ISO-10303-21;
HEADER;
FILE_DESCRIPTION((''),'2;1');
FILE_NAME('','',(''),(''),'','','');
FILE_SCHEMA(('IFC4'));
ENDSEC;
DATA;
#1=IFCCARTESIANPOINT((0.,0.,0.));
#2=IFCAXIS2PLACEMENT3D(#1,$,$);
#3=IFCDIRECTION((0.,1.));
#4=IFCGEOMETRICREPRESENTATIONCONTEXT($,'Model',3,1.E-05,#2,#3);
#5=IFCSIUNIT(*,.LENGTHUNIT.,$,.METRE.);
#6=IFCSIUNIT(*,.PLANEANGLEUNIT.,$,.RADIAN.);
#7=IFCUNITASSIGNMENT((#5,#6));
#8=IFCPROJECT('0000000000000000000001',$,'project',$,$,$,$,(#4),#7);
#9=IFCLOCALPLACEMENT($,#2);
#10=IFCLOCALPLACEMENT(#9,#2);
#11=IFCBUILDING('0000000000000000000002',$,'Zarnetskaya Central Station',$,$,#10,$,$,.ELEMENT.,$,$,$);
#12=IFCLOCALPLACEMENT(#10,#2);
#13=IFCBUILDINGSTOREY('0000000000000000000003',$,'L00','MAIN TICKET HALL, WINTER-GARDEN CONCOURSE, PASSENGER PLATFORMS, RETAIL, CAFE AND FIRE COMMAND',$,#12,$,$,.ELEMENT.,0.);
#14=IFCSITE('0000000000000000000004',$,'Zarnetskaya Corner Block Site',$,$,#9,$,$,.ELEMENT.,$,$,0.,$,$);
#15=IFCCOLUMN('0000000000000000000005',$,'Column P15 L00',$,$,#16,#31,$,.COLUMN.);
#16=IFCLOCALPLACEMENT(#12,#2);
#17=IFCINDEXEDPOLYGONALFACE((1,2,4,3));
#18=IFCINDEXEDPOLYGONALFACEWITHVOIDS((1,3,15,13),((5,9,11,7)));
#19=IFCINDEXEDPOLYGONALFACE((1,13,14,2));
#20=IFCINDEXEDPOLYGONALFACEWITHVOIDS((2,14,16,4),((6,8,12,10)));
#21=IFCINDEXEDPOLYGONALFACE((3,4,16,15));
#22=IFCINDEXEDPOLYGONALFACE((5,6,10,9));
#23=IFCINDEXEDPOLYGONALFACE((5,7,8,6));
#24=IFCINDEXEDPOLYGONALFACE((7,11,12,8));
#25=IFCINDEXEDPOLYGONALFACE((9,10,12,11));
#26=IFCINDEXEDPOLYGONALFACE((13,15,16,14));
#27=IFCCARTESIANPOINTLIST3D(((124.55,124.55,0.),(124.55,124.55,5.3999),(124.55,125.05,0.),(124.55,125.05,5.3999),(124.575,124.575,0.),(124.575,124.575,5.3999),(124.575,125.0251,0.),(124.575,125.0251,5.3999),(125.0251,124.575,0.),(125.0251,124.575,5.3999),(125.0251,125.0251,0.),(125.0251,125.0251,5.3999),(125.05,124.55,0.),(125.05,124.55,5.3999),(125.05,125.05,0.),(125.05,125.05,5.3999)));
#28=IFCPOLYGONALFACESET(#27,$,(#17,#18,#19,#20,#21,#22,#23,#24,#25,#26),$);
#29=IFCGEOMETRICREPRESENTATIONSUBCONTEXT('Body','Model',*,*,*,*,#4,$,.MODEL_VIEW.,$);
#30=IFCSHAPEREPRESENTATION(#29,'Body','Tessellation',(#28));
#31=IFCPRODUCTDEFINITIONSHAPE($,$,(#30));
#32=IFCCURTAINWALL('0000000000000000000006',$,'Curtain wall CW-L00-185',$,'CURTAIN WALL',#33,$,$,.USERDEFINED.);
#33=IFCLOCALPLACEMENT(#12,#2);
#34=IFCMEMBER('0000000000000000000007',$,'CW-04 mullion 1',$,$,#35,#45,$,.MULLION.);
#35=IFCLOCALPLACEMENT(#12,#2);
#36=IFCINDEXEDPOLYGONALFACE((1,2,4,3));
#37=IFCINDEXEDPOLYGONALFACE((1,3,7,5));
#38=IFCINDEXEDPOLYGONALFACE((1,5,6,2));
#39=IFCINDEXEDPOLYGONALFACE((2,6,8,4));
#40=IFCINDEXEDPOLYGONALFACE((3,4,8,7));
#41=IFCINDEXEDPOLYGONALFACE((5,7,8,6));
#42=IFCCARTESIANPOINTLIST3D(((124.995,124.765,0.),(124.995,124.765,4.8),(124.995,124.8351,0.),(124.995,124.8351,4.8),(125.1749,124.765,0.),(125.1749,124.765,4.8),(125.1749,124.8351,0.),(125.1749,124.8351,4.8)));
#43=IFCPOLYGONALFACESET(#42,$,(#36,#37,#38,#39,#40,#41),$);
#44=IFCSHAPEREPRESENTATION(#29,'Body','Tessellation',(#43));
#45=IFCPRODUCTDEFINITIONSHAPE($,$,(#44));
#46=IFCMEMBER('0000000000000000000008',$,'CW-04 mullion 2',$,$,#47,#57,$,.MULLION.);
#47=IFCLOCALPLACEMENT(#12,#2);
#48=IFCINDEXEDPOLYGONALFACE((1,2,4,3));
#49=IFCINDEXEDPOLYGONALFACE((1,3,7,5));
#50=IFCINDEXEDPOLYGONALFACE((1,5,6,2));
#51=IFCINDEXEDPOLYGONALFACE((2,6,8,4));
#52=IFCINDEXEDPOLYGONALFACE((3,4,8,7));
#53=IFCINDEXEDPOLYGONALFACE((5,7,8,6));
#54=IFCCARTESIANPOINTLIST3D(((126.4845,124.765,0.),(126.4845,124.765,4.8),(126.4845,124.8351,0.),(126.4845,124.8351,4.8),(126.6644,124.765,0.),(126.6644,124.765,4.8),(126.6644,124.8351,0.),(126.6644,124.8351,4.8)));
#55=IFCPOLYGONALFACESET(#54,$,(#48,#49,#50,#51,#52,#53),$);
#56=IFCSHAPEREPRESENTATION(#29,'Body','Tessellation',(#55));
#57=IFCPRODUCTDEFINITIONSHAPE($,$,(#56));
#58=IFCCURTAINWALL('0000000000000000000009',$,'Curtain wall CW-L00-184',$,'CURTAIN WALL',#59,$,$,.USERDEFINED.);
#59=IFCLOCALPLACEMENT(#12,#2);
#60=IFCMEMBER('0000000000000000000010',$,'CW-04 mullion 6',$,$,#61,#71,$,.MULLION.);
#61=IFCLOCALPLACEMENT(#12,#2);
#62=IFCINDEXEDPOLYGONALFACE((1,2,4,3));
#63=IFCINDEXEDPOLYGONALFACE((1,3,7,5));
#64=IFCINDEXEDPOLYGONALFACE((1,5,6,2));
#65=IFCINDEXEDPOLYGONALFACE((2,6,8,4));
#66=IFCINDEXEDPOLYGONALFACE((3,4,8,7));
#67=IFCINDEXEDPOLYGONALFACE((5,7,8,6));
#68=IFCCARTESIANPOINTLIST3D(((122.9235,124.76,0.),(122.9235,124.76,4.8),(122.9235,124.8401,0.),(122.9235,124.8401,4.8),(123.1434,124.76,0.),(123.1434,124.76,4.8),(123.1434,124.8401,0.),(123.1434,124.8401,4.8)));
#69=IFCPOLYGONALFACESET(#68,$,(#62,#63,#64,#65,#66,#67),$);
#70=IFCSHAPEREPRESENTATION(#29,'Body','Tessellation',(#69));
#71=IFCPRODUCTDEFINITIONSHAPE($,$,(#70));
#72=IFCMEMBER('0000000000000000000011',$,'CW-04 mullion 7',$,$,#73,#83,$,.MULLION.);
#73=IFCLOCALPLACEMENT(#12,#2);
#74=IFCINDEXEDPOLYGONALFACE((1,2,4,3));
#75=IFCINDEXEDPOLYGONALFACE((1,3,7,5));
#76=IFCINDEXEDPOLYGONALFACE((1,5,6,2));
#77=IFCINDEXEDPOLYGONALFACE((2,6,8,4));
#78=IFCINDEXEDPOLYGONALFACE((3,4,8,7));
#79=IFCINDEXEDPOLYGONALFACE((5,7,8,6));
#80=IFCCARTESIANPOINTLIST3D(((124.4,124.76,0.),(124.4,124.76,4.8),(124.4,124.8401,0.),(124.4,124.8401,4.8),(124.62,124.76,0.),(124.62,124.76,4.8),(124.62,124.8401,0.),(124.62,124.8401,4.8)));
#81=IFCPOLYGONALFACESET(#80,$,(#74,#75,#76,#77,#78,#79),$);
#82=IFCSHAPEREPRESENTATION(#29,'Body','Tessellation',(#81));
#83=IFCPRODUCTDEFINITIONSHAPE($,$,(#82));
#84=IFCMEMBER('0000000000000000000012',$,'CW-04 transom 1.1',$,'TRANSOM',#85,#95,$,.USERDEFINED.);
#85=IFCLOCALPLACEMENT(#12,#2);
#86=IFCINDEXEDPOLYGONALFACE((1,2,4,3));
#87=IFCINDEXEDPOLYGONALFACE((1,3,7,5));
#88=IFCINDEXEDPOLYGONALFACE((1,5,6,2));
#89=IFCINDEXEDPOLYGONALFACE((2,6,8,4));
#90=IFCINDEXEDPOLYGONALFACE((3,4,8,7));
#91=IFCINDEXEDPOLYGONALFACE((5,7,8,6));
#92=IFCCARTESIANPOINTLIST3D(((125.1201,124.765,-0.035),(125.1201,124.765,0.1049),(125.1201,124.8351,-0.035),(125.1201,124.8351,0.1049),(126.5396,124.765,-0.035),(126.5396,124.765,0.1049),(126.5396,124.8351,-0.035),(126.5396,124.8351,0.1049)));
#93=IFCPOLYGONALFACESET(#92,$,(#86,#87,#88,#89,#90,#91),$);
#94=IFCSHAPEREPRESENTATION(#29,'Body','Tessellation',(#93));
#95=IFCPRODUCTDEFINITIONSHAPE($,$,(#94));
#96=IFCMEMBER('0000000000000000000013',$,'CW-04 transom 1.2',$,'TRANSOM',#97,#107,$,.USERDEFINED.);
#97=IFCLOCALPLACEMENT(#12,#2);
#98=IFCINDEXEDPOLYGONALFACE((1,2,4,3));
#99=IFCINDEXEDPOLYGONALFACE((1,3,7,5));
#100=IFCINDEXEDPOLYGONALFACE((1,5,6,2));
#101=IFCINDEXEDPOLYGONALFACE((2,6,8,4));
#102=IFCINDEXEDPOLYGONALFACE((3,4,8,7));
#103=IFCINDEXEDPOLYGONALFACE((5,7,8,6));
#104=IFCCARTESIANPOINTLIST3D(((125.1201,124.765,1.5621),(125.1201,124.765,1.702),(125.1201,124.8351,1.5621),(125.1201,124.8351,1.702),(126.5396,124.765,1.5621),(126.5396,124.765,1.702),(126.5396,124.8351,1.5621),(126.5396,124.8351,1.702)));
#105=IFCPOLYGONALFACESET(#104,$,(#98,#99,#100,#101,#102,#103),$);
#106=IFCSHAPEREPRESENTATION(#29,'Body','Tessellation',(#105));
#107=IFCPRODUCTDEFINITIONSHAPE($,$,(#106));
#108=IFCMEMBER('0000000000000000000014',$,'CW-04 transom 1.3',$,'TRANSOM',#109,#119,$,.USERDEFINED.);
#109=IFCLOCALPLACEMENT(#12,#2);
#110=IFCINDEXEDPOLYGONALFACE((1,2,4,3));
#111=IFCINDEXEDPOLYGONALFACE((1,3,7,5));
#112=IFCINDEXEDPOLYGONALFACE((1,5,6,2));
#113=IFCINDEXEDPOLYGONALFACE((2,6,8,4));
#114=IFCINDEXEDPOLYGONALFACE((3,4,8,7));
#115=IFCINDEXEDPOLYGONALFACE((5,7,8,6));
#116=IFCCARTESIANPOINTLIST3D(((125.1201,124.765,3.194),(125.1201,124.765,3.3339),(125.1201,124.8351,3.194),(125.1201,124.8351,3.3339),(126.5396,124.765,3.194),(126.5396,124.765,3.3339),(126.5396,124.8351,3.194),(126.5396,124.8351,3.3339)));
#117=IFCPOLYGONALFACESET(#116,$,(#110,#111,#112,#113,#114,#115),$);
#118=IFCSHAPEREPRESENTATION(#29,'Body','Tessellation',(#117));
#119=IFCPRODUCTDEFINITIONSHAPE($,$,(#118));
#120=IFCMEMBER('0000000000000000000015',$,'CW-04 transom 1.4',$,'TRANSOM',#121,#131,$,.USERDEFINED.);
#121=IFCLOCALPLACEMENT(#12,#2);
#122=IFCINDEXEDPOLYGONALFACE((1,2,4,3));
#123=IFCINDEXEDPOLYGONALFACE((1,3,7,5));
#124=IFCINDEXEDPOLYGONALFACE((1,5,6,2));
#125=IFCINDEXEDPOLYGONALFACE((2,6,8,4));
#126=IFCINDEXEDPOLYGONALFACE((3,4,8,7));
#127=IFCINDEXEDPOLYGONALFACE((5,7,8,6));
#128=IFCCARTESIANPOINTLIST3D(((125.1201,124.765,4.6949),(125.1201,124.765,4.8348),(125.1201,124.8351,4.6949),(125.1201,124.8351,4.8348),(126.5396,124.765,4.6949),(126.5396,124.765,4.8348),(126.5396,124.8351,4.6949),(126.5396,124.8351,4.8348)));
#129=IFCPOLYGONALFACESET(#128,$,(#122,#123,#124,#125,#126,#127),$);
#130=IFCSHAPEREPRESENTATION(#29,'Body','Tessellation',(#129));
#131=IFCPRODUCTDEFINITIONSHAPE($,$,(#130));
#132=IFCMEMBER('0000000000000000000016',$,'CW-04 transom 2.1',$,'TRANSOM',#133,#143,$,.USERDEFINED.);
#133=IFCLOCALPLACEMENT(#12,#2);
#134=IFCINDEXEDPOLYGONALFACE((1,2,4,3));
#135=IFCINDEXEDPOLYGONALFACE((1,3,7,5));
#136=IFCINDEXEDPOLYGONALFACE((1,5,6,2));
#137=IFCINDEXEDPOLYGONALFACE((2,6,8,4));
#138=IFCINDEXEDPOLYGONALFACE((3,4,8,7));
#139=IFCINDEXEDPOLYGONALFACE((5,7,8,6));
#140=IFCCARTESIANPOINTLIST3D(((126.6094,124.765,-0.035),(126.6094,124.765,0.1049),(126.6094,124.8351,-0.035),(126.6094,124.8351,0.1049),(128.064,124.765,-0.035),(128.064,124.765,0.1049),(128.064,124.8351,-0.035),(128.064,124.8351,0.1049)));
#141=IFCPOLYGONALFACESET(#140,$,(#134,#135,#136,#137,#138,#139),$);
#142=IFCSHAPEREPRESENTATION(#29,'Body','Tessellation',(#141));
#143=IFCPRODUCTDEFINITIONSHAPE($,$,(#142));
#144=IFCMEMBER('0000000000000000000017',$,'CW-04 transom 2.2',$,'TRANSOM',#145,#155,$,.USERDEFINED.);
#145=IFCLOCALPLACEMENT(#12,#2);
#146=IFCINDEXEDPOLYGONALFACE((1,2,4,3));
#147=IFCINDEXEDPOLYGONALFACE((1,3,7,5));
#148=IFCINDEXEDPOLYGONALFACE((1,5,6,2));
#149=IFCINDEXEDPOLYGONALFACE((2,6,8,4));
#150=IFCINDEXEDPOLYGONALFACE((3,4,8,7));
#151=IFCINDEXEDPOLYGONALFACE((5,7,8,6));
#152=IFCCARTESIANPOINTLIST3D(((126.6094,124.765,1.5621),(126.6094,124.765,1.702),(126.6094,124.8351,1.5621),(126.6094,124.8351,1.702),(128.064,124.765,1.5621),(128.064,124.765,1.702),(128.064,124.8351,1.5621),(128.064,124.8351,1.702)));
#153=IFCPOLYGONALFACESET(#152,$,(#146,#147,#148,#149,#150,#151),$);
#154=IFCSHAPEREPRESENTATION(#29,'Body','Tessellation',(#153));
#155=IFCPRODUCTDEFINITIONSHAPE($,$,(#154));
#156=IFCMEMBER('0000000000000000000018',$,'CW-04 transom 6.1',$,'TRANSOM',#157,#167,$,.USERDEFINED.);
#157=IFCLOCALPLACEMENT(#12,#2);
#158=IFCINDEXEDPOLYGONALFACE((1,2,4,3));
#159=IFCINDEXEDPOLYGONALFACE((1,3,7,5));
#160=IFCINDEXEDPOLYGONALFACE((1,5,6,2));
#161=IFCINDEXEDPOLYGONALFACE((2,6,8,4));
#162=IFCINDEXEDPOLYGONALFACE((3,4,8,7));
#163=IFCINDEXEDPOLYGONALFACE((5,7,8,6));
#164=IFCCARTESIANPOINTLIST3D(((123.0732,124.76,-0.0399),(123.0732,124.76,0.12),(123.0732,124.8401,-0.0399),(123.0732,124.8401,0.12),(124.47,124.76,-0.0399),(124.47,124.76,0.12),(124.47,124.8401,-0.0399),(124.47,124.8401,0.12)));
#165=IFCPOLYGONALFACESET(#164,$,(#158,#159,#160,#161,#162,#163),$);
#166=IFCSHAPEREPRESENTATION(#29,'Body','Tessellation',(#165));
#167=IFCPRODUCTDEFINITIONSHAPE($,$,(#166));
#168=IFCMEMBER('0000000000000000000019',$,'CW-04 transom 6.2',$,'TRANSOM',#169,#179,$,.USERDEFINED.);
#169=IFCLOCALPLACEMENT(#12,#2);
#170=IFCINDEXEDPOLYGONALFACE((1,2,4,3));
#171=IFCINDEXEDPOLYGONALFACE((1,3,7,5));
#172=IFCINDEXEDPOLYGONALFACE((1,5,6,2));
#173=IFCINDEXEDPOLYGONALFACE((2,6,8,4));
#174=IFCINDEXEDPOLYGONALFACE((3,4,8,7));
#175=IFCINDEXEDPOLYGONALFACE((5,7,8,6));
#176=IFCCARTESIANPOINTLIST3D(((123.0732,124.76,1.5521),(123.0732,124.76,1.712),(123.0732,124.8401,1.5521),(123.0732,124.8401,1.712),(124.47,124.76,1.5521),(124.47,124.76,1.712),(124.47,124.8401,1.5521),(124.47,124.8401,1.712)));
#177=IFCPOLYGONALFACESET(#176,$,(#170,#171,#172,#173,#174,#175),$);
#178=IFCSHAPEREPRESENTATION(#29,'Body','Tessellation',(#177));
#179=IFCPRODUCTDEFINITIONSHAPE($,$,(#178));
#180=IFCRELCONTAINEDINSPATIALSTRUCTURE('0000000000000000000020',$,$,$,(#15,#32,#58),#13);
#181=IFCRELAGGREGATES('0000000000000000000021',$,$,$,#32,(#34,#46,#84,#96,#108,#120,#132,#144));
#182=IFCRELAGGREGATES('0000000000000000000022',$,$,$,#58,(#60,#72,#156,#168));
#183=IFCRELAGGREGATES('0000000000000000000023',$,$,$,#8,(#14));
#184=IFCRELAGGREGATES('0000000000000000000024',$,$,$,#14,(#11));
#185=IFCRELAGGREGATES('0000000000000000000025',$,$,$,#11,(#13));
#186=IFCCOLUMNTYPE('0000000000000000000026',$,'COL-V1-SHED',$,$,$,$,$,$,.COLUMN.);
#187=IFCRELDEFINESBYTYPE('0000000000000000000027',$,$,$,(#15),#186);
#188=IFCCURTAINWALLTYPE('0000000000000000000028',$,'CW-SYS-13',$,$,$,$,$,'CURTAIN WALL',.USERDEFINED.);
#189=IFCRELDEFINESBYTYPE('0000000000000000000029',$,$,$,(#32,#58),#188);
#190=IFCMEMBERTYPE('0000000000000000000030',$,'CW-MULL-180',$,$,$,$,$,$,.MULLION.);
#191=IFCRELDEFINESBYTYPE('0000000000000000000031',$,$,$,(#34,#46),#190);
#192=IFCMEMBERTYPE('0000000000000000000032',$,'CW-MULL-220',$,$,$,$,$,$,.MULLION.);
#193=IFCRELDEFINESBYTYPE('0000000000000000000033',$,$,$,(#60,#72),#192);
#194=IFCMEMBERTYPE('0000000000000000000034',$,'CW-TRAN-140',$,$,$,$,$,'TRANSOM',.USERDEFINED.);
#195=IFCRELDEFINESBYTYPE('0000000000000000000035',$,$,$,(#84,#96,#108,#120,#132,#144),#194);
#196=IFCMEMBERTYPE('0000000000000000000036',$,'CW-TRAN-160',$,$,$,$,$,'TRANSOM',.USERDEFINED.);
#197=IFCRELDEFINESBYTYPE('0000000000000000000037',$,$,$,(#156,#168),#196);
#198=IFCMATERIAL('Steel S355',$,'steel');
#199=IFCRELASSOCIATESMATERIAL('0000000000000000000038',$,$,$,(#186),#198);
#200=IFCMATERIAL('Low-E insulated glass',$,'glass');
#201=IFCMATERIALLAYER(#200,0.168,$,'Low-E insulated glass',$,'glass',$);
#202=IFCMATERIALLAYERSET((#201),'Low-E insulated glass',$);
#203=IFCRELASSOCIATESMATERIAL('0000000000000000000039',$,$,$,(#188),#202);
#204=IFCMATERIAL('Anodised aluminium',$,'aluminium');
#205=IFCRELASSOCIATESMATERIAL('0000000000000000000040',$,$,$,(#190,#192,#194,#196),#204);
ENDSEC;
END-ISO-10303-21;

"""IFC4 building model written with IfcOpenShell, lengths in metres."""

from ifc_helpers import new_model, si_unit, direction, frame, origin, origin_2d, place, context, subcontext, project, spatial, rectangle, hollow_rectangle, extrude, material, layer, layer_set, material_profile, profile_set, type_object, element, aggregate, save


model = new_model("IFC4")

# Units and contexts
model_context = context("Model", 3, precision=1e-05, world=origin(), true_north=direction((0.0, 1.0)))
body_context = subcontext(model_context, "Body", "Model", "MODEL_VIEW")
ifc_project = project(units=[si_unit("LENGTHUNIT", "METRE"), si_unit("PLANEANGLEUNIT", "RADIAN")], contexts=[model_context])

# Site, building, storey
site_placement = place(None, origin())
site = spatial("IfcSite", under=ifc_project, at=site_placement, Name="Zarnetskaya Corner Block Site", CompositionType="ELEMENT", RefElevation=0.0)
building_placement = place(site_placement, origin())
building = spatial("IfcBuilding", under=site, at=building_placement, Name="Zarnetskaya Central Station", CompositionType="ELEMENT")
storey_placement = place(building_placement, origin())
storey = spatial("IfcBuildingStorey", under=building, at=storey_placement, Name="L00", Description="MAIN TICKET HALL, WINTER-GARDEN CONCOURSE, PASSENGER PLATFORMS, RETAIL, CAFE AND FIRE COMMAND", CompositionType="ELEMENT", Elevation=0.0)

# Column
ifc_material_1 = material(Name="Steel S355", Category="steel")
ifc_material_profile_1 = material_profile(ifc_material_1, hollow_rectangle(XDim=0.5, YDim=0.5, WallThickness=0.0249, at=origin_2d()), Name="BOX 500x500x25")
ifc_profile_set_1 = profile_set([ifc_material_profile_1], Name="Steel S355")
column_type = type_object("IfcColumnType", Name="COL-V1-SHED", PredefinedType="COLUMN", material=ifc_profile_set_1)
column_placement = place(storey_placement, frame((124.8, 124.8, 0.0), z_axis=(0.0, 0.0, 1.0), x_axis=(1.0, 0.0, 0.0)))
element("IfcColumn", 1, at=column_placement, inside=storey, type_object=column_type, Name="Column P15 L00", PredefinedType="COLUMN", context=body_context, shape_type="SweptSolid", body=[
    extrude(hollow_rectangle(XDim=0.5, YDim=0.5, WallThickness=0.0249, at=origin_2d()), origin(), (0.0, 0.0, 1.0), 5.3999),
])

# Curtain walls, members
ifc_material_2 = material(Name="Low-E insulated glass", Category="glass")
ifc_layer_1 = layer(ifc_material_2, 0.168, Name="Low-E insulated glass", Category="glass")
ifc_layer_set_1 = layer_set([ifc_layer_1], Name="Low-E insulated glass")
curtain_wall_type = type_object("IfcCurtainWallType", Name="CW-SYS-13", ElementType="CURTAIN WALL", PredefinedType="USERDEFINED", material=ifc_layer_set_1)
curtain_wall_1_placement = place(storey_placement, origin())
curtain_wall_1 = element("IfcCurtainWall", 2, at=curtain_wall_1_placement, inside=storey, type_object=curtain_wall_type, Name="Curtain wall CW-L00-185", ObjectType="CURTAIN WALL", PredefinedType="USERDEFINED")
ifc_material_3 = material(Name="Anodised aluminium", Category="aluminium")
ifc_material_profile_2 = material_profile(ifc_material_3, rectangle(XDim=0.0701, YDim=0.1799, at=origin_2d()), Name="ALU MULL 70x180")
ifc_profile_set_2 = profile_set([ifc_material_profile_2], Name="Anodised aluminium")
member_type_1 = type_object("IfcMemberType", Name="CW-MULL-180", PredefinedType="MULLION", material=ifc_profile_set_2)
member_1_placement = place(storey_placement, frame((125.085, 124.8, 0.0), z_axis=(0.0, 0.0, 1.0), x_axis=(0.0, 1.0, 0.0)))
member_1 = element("IfcMember", 3, at=member_1_placement, type_object=member_type_1, Name="CW-04 mullion 1", PredefinedType="MULLION", context=body_context, shape_type="SweptSolid", body=[
    extrude(rectangle(XDim=0.0701, YDim=0.1799, at=origin_2d()), origin(), (0.0, 0.0, 1.0), 4.8),
])
member_2_placement = place(storey_placement, frame((126.5745, 124.8, 0.0), z_axis=(0.0, 0.0, 1.0), x_axis=(0.0, 1.0, 0.0)))
member_2 = element("IfcMember", 4, at=member_2_placement, type_object=member_type_1, Name="CW-04 mullion 2", PredefinedType="MULLION", context=body_context, shape_type="SweptSolid", body=[
    extrude(rectangle(XDim=0.0701, YDim=0.1799, at=origin_2d()), origin(), (0.0, 0.0, 1.0), 4.8),
])
curtain_wall_2_placement = place(storey_placement, origin())
curtain_wall_2 = element("IfcCurtainWall", 5, at=curtain_wall_2_placement, inside=storey, type_object=curtain_wall_type, Name="Curtain wall CW-L00-184", ObjectType="CURTAIN WALL", PredefinedType="USERDEFINED")
ifc_material_profile_3 = material_profile(ifc_material_3, rectangle(XDim=0.0801, YDim=0.22, at=origin_2d()), Name="ALU MULL 80x220")
ifc_profile_set_3 = profile_set([ifc_material_profile_3], Name="Anodised aluminium")
member_type_2 = type_object("IfcMemberType", Name="CW-MULL-220", PredefinedType="MULLION", material=ifc_profile_set_3)
member_3_placement = place(storey_placement, frame((123.0334, 124.8, 0.0), z_axis=(0.0, 0.0, 1.0), x_axis=(0.0, 1.0, 0.0)))
member_3 = element("IfcMember", 6, at=member_3_placement, type_object=member_type_2, Name="CW-04 mullion 6", PredefinedType="MULLION", context=body_context, shape_type="SweptSolid", body=[
    extrude(rectangle(XDim=0.0801, YDim=0.22, at=origin_2d()), origin(), (0.0, 0.0, 1.0), 4.8),
])
member_4_placement = place(storey_placement, frame((124.51, 124.8, 0.0), z_axis=(0.0, 0.0, 1.0), x_axis=(0.0, 1.0, 0.0)))
member_4 = element("IfcMember", 7, at=member_4_placement, type_object=member_type_2, Name="CW-04 mullion 7", PredefinedType="MULLION", context=body_context, shape_type="SweptSolid", body=[
    extrude(rectangle(XDim=0.0801, YDim=0.22, at=origin_2d()), origin(), (0.0, 0.0, 1.0), 4.8),
])

# Members
ifc_material_profile_4 = material_profile(ifc_material_3, rectangle(XDim=0.0701, YDim=0.1399, at=origin_2d()), Name="ALU TRAN 70x140")
ifc_profile_set_4 = profile_set([ifc_material_profile_4], Name="Anodised aluminium")
member_type_3 = type_object("IfcMemberType", Name="CW-TRAN-140", ElementType="TRANSOM", PredefinedType="USERDEFINED", material=ifc_profile_set_4)
member_5_placement = place(storey_placement, frame((125.1201, 124.8, 0.0349), z_axis=(1.0, 0.0, 0.0), x_axis=(0.0, 1.0, 0.0)))
member_5 = element("IfcMember", 8, at=member_5_placement, type_object=member_type_3, Name="CW-04 transom 1.1", ObjectType="TRANSOM", PredefinedType="USERDEFINED", context=body_context, shape_type="SweptSolid", body=[
    extrude(rectangle(XDim=0.0701, YDim=0.1399, at=origin_2d()), origin(), (0.0, 0.0, 1.0), 1.4194),
])
member_6_placement = place(storey_placement, frame((125.1201, 124.8, 1.6321), z_axis=(1.0, 0.0, 0.0), x_axis=(0.0, 1.0, 0.0)))
member_6 = element("IfcMember", 9, at=member_6_placement, type_object=member_type_3, Name="CW-04 transom 1.2", ObjectType="TRANSOM", PredefinedType="USERDEFINED", context=body_context, shape_type="SweptSolid", body=[
    extrude(rectangle(XDim=0.0701, YDim=0.1399, at=origin_2d()), origin(), (0.0, 0.0, 1.0), 1.4194),
])
member_7_placement = place(storey_placement, frame((125.1201, 124.8, 3.2639), z_axis=(1.0, 0.0, 0.0), x_axis=(0.0, 1.0, 0.0)))
member_7 = element("IfcMember", 10, at=member_7_placement, type_object=member_type_3, Name="CW-04 transom 1.3", ObjectType="TRANSOM", PredefinedType="USERDEFINED", context=body_context, shape_type="SweptSolid", body=[
    extrude(rectangle(XDim=0.0701, YDim=0.1399, at=origin_2d()), origin(), (0.0, 0.0, 1.0), 1.4194),
])
member_8_placement = place(storey_placement, frame((125.1201, 124.8, 4.7649), z_axis=(1.0, 0.0, 0.0), x_axis=(0.0, 1.0, 0.0)))
member_8 = element("IfcMember", 11, at=member_8_placement, type_object=member_type_3, Name="CW-04 transom 1.4", ObjectType="TRANSOM", PredefinedType="USERDEFINED", context=body_context, shape_type="SweptSolid", body=[
    extrude(rectangle(XDim=0.0701, YDim=0.1399, at=origin_2d()), origin(), (0.0, 0.0, 1.0), 1.4194),
])
member_9_placement = place(storey_placement, frame((126.6094, 124.8, 0.0349), z_axis=(1.0, 0.0, 0.0), x_axis=(0.0, 1.0, 0.0)))
member_9 = element("IfcMember", 12, at=member_9_placement, type_object=member_type_3, Name="CW-04 transom 2.1", ObjectType="TRANSOM", PredefinedType="USERDEFINED", context=body_context, shape_type="SweptSolid", body=[
    extrude(rectangle(XDim=0.0701, YDim=0.1399, at=origin_2d()), origin(), (0.0, 0.0, 1.0), 1.4546),
])
member_10_placement = place(storey_placement, frame((126.6094, 124.8, 1.6321), z_axis=(1.0, 0.0, 0.0), x_axis=(0.0, 1.0, 0.0)))
member_10 = element("IfcMember", 13, at=member_10_placement, type_object=member_type_3, Name="CW-04 transom 2.2", ObjectType="TRANSOM", PredefinedType="USERDEFINED", context=body_context, shape_type="SweptSolid", body=[
    extrude(rectangle(XDim=0.0701, YDim=0.1399, at=origin_2d()), origin(), (0.0, 0.0, 1.0), 1.4546),
])
ifc_material_profile_5 = material_profile(ifc_material_3, rectangle(XDim=0.0801, YDim=0.1599, at=origin_2d()), Name="ALU TRAN 80x160")
ifc_profile_set_5 = profile_set([ifc_material_profile_5], Name="Anodised aluminium")
member_type_4 = type_object("IfcMemberType", Name="CW-TRAN-160", ElementType="TRANSOM", PredefinedType="USERDEFINED", material=ifc_profile_set_5)
member_11_placement = place(storey_placement, frame((123.0732, 124.8, 0.04), z_axis=(1.0, 0.0, 0.0), x_axis=(0.0, 1.0, 0.0)))
member_11 = element("IfcMember", 14, at=member_11_placement, type_object=member_type_4, Name="CW-04 transom 6.1", ObjectType="TRANSOM", PredefinedType="USERDEFINED", context=body_context, shape_type="SweptSolid", body=[
    extrude(rectangle(XDim=0.0801, YDim=0.1599, at=origin_2d()), origin(), (0.0, 0.0, 1.0), 1.3967),
])
member_12_placement = place(storey_placement, frame((123.0732, 124.8, 1.6321), z_axis=(1.0, 0.0, 0.0), x_axis=(0.0, 1.0, 0.0)))
member_12 = element("IfcMember", 15, at=member_12_placement, type_object=member_type_4, Name="CW-04 transom 6.2", ObjectType="TRANSOM", PredefinedType="USERDEFINED", context=body_context, shape_type="SweptSolid", body=[
    extrude(rectangle(XDim=0.0801, YDim=0.1599, at=origin_2d()), origin(), (0.0, 0.0, 1.0), 1.3967),
])

aggregate(curtain_wall_1, [member_1, member_2, member_5, member_6, member_7, member_8, member_9, member_10])
aggregate(curtain_wall_2, [member_3, member_4, member_11, member_12])

save(model, "model.ifc")
